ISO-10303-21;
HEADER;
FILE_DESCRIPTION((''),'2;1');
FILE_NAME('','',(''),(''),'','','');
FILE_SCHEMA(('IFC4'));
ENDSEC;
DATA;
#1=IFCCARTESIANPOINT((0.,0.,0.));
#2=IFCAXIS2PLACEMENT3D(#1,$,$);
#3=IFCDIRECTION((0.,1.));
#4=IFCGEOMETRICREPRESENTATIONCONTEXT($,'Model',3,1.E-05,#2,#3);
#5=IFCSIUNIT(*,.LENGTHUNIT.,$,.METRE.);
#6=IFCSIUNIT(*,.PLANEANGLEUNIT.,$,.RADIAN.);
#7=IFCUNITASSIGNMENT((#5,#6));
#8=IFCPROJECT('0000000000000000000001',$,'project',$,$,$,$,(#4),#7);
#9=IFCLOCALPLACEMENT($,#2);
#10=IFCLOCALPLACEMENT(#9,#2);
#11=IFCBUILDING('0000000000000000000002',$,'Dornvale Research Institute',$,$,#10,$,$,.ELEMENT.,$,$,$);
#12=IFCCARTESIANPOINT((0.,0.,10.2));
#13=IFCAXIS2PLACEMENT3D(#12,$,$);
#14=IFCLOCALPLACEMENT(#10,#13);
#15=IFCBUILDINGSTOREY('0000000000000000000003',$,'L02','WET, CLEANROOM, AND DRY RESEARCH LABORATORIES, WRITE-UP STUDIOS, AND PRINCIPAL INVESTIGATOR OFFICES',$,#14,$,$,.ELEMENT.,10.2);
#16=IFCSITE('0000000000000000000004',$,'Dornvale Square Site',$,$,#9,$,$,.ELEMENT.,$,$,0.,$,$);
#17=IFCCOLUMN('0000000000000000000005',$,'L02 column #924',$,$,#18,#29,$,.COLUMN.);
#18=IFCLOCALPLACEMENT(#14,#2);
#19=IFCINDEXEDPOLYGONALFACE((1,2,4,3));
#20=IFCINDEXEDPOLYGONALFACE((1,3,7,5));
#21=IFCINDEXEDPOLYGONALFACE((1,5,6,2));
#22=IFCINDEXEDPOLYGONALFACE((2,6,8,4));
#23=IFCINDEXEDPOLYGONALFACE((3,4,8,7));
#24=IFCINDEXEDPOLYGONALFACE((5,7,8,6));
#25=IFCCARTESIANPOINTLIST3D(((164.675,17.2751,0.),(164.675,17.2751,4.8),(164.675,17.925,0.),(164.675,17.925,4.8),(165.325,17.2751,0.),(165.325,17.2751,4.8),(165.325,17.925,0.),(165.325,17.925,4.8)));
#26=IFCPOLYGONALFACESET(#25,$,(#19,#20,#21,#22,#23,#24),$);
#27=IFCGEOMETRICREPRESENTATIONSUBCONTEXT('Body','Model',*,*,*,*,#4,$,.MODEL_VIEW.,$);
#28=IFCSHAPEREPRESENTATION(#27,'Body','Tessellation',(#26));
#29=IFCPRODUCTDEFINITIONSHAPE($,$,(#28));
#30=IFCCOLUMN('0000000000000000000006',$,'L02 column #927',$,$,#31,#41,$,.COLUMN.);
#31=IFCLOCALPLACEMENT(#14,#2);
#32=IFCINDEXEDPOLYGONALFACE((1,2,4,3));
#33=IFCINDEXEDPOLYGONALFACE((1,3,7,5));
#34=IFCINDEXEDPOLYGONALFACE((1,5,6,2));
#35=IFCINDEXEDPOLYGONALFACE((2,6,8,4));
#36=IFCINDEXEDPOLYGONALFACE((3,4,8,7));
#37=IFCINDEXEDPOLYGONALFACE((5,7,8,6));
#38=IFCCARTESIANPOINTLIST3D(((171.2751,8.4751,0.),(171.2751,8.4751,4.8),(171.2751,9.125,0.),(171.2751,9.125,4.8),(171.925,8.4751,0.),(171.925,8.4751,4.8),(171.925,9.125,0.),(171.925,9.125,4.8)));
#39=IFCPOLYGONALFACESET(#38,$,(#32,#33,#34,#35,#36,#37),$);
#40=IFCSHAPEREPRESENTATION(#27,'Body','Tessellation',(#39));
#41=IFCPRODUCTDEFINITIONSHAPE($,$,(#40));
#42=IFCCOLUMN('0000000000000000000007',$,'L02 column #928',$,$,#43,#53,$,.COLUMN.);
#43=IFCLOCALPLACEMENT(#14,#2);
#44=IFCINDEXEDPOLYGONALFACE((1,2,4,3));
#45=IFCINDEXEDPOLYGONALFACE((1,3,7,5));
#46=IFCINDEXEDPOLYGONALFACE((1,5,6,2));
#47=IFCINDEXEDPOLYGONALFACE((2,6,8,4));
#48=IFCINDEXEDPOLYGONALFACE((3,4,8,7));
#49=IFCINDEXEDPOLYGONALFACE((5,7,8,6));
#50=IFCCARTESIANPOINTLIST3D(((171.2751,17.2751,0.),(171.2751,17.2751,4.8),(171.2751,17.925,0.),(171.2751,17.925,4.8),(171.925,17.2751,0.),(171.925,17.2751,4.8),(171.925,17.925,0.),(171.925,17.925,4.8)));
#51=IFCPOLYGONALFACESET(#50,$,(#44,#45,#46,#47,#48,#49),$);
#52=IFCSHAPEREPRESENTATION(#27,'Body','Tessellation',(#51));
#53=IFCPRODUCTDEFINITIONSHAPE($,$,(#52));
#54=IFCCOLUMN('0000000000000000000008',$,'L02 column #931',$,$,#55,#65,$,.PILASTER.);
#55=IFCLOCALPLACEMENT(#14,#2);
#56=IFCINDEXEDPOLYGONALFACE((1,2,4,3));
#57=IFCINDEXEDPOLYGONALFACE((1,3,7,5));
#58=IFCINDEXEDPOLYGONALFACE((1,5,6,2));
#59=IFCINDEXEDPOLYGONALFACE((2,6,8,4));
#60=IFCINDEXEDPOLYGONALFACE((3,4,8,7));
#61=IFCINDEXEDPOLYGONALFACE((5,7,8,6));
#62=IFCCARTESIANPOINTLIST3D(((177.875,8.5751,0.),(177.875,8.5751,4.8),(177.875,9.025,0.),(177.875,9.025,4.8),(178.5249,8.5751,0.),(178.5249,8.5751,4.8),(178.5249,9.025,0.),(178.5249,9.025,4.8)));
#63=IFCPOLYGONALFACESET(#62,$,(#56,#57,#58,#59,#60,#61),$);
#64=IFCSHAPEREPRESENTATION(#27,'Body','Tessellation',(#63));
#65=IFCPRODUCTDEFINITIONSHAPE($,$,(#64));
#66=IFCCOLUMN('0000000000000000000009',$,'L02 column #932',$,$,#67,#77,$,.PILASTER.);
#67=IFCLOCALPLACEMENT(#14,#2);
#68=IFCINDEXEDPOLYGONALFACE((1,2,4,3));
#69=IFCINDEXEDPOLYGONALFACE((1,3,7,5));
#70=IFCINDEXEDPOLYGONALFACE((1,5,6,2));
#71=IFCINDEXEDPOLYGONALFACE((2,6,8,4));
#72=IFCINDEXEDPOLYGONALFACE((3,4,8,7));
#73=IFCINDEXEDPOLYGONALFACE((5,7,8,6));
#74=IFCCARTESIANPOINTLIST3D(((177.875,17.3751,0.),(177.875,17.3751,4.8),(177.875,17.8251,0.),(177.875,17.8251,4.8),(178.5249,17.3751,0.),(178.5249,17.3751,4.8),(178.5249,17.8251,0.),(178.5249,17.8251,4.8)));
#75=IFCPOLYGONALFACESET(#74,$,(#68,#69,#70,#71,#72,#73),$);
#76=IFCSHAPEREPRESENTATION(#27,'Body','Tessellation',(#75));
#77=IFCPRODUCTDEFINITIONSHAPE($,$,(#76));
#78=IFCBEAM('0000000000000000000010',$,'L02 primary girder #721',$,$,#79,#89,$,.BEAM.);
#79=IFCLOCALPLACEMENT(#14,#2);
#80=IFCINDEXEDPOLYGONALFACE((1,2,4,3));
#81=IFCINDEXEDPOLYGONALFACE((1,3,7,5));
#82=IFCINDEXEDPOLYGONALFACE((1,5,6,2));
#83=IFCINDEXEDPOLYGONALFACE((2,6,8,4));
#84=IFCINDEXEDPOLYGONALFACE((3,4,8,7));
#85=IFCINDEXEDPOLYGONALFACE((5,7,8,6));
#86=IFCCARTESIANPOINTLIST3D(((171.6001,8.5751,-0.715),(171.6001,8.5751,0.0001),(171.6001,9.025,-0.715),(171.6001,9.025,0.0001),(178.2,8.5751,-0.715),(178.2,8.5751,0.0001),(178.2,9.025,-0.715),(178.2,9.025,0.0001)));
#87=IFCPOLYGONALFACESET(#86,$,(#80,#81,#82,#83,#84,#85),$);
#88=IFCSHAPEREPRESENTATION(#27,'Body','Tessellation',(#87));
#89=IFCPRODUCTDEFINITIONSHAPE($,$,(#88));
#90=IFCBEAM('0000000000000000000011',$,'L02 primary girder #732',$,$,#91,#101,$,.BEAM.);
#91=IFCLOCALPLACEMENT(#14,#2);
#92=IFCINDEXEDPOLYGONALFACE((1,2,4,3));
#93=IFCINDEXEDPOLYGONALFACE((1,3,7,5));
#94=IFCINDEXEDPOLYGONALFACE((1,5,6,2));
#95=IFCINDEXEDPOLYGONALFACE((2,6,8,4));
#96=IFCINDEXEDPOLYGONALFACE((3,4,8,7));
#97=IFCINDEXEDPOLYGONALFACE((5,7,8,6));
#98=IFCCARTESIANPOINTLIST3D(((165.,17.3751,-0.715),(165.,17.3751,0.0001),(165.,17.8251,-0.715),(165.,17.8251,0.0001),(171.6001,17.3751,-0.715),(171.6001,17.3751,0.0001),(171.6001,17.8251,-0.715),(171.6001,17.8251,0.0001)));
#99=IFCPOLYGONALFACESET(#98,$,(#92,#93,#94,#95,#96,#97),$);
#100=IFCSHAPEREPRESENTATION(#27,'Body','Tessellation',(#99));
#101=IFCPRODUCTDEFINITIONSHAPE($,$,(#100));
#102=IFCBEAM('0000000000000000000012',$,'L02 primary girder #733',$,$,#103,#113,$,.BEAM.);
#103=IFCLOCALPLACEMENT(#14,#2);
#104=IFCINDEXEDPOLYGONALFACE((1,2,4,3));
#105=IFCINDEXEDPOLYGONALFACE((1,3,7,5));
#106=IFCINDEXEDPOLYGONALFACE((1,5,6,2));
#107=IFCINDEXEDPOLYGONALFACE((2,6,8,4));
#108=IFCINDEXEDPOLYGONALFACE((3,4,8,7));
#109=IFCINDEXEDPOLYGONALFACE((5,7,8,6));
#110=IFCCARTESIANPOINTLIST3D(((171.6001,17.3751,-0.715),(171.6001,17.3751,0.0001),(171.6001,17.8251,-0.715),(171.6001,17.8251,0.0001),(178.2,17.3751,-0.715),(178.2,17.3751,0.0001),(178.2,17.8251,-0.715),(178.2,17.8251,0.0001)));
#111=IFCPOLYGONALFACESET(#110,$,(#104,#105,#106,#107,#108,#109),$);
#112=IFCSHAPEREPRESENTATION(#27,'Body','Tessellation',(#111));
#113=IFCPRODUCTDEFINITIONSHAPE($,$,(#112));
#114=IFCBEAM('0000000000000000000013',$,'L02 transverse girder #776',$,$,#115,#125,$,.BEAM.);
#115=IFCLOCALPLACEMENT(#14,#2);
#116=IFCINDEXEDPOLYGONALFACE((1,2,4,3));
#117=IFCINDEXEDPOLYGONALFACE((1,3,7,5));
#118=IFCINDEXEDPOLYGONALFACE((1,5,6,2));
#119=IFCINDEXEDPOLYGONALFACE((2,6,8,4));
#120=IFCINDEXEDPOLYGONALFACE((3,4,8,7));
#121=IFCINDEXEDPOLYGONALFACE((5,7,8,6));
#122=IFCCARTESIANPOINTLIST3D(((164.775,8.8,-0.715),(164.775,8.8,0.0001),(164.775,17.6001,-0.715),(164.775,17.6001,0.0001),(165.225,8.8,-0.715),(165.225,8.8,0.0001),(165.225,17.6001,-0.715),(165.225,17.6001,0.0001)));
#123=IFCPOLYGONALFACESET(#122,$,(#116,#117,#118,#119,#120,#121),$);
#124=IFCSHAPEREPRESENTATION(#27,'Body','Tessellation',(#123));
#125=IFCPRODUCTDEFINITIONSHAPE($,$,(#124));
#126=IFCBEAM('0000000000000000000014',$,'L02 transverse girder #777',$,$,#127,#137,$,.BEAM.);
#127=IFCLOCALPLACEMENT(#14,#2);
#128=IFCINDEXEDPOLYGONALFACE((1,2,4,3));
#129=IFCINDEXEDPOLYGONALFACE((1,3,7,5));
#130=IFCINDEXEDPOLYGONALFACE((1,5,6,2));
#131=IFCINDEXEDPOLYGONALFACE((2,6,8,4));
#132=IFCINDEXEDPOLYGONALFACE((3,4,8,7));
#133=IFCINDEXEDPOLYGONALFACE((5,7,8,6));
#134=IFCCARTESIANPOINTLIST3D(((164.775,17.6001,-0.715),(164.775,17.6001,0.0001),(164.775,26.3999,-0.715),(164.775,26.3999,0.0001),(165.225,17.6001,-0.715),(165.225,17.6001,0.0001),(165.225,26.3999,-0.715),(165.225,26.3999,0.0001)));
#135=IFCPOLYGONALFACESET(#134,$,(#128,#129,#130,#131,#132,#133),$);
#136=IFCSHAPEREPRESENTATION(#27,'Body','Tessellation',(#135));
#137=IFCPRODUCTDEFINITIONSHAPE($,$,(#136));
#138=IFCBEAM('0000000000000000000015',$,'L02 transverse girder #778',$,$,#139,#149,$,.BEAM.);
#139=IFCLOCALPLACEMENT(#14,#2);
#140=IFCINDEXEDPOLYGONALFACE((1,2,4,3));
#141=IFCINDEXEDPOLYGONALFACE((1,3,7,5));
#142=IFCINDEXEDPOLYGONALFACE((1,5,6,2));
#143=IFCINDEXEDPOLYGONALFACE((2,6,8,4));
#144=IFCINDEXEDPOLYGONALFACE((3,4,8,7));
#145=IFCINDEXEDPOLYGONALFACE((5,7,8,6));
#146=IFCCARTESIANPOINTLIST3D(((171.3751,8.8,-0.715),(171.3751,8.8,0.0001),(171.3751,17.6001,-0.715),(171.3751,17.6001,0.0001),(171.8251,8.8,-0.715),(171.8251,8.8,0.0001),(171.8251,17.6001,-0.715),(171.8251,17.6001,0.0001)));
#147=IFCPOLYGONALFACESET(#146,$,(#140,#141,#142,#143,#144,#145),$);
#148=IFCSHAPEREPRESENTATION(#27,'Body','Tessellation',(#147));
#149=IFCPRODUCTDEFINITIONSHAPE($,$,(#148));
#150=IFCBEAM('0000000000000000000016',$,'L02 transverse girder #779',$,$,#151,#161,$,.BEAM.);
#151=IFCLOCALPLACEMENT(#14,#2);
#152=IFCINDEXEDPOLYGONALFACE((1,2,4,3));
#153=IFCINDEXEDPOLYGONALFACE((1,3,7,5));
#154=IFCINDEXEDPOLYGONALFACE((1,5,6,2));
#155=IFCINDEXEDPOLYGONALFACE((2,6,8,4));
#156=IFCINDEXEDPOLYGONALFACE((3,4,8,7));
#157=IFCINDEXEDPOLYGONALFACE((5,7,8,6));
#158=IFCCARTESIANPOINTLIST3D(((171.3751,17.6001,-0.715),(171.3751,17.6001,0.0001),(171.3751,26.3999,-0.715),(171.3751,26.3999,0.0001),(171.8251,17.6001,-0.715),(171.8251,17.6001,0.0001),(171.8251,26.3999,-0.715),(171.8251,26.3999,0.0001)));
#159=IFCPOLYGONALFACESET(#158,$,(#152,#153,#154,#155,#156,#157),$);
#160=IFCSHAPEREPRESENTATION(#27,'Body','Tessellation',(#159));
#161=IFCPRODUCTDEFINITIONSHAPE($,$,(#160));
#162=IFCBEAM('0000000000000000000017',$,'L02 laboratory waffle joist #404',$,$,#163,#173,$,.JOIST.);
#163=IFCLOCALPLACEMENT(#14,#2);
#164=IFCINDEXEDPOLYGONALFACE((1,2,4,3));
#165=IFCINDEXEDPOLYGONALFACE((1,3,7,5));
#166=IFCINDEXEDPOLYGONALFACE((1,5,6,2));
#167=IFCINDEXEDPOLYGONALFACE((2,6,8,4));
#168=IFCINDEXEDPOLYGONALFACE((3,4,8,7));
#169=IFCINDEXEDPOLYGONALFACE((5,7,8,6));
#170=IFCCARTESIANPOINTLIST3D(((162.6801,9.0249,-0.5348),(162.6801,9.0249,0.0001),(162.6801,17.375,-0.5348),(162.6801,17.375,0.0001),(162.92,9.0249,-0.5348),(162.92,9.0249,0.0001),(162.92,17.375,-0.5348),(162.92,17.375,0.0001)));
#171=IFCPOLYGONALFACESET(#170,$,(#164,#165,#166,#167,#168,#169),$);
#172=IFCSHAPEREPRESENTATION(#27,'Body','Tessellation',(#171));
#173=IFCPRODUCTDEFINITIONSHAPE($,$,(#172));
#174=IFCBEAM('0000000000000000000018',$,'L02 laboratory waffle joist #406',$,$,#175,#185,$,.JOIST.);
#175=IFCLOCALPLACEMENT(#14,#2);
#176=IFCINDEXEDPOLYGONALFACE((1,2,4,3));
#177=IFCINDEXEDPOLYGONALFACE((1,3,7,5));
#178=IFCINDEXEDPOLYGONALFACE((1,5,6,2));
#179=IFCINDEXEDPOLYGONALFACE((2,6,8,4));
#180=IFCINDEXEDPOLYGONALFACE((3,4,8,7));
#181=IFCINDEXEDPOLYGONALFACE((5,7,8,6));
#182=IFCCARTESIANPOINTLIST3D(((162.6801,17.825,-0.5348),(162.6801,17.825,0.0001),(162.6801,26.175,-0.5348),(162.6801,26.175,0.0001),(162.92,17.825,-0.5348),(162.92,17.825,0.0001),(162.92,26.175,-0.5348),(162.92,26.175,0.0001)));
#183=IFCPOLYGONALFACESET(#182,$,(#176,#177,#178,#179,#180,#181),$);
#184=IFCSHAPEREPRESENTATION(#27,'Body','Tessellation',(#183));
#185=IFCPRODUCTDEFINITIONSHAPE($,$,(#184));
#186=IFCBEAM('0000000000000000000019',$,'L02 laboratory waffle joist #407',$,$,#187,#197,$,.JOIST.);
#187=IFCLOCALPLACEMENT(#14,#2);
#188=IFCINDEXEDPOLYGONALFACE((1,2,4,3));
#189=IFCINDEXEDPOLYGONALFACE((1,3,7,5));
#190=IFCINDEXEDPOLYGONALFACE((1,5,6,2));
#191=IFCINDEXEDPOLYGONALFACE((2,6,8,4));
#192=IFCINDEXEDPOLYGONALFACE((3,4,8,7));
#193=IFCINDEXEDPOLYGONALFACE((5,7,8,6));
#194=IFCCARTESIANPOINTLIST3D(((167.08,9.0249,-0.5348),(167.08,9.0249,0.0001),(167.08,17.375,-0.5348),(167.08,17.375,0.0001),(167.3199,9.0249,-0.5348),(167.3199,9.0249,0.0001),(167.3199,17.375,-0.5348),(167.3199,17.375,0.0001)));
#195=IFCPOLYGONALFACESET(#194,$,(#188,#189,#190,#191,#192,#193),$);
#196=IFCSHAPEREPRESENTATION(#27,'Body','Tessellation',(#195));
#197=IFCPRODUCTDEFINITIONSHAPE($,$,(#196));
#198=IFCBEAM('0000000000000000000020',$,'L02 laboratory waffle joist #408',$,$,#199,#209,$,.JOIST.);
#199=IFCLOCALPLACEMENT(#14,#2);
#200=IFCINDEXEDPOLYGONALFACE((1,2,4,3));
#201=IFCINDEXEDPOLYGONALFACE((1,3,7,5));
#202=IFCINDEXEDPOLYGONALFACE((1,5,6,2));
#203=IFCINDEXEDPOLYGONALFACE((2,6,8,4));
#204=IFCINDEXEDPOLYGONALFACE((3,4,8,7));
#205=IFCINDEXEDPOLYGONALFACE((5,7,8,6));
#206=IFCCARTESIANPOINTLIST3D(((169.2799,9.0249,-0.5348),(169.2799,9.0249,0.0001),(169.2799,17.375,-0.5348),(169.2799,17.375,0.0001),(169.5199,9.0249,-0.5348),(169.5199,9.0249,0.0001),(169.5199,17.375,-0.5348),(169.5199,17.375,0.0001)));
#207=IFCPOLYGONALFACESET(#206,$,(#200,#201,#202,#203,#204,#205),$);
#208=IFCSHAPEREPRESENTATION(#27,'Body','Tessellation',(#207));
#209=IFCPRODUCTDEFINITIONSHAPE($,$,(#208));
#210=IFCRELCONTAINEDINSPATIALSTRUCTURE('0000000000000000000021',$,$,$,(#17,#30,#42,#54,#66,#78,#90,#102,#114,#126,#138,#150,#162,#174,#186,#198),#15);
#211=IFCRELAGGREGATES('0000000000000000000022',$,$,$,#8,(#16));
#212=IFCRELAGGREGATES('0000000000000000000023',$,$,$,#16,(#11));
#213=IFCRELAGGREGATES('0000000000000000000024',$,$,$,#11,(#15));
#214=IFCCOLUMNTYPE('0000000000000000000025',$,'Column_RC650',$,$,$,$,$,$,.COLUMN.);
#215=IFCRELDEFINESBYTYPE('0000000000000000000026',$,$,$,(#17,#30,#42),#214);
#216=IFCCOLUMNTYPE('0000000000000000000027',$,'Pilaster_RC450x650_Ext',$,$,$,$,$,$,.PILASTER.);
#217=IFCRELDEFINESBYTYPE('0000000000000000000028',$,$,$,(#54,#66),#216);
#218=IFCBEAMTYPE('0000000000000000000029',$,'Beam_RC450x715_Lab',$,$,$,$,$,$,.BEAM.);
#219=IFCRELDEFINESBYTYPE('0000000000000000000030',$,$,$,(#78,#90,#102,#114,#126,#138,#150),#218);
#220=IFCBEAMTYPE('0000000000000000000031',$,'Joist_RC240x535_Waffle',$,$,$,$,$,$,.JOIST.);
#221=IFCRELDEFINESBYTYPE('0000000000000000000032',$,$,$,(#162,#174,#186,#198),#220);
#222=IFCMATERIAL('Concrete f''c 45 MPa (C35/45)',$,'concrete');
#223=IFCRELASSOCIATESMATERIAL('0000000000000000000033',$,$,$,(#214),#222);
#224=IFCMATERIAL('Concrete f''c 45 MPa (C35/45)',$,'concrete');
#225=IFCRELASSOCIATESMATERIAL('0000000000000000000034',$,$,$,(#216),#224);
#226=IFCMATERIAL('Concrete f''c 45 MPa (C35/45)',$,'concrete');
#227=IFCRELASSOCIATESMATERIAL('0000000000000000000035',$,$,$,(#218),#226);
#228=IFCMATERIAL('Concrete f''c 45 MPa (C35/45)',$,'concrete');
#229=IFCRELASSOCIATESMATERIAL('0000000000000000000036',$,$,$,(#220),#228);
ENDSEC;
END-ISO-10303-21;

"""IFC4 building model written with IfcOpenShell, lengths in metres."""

from ifc_helpers import new_model, si_unit, direction, frame, origin, origin_2d, place, context, subcontext, project, spatial, rectangle, extrude, material, material_profile, profile_set, type_object, element, save


model = new_model("IFC4")

# Units and contexts
model_context = context("Model", 3, precision=1e-05, world=origin(), true_north=direction((0.0, 1.0)))
body_context = subcontext(model_context, "Body", "Model", "MODEL_VIEW")
ifc_project = project(units=[si_unit("LENGTHUNIT", "METRE"), si_unit("PLANEANGLEUNIT", "RADIAN")], contexts=[model_context])

# Site, building, storey
site_placement = place(None, origin())
site = spatial("IfcSite", under=ifc_project, at=site_placement, Name="Dornvale Square Site", CompositionType="ELEMENT", RefElevation=0.0)
building_placement = place(site_placement, origin())
building = spatial("IfcBuilding", under=site, at=building_placement, Name="Dornvale Research Institute", CompositionType="ELEMENT")
storey_placement = place(building_placement, frame((0.0, 0.0, 10.2)))
storey = spatial("IfcBuildingStorey", under=building, at=storey_placement, Name="L02", Description="WET, CLEANROOM, AND DRY RESEARCH LABORATORIES, WRITE-UP STUDIOS, AND PRINCIPAL INVESTIGATOR OFFICES", CompositionType="ELEMENT", Elevation=10.2)

# Columns
ifc_material_1 = material(Name="Concrete f'c 45 MPa (C35/45)", Category="concrete")
ifc_material_profile_1 = material_profile(ifc_material_1, rectangle(XDim=0.6499, YDim=0.6499, at=origin_2d()), Name="RC 650x650")
ifc_profile_set_1 = profile_set([ifc_material_profile_1], Name="Concrete f'c 45 MPa (C35/45)")
column_type_1 = type_object("IfcColumnType", Name="Column_RC650", PredefinedType="COLUMN", material=ifc_profile_set_1)
for number, where, z_axis, x_axis, name in (
    (1, (165.0, 17.6001, 0.0), (0.0, 0.0, 1.0), (1.0, 0.0, 0.0), "L02 column #924"),
    (2, (171.6001, 8.8, 0.0), (0.0, 0.0, 1.0), (1.0, 0.0, 0.0), "L02 column #927"),
    (3, (171.6001, 17.6001, 0.0), (0.0, 0.0, 1.0), (1.0, 0.0, 0.0), "L02 column #928"),
):
    element("IfcColumn", number, at=place(storey_placement, frame(where, z_axis=z_axis, x_axis=x_axis)), inside=storey, type_object=column_type_1, Name=name, PredefinedType="COLUMN", context=body_context, shape_type="SweptSolid", body=[
        extrude(rectangle(XDim=0.6499, YDim=0.6499, at=origin_2d()), origin(), (0.0, 0.0, 1.0), 4.8),
    ])
ifc_material_2 = material(Name="Concrete f'c 45 MPa (C35/45)", Category="concrete")
ifc_material_profile_2 = material_profile(ifc_material_2, rectangle(XDim=0.45, YDim=0.6499, at=origin_2d()), Name="RC 450x650")
ifc_profile_set_2 = profile_set([ifc_material_profile_2], Name="Concrete f'c 45 MPa (C35/45)")
column_type_2 = type_object("IfcColumnType", Name="Pilaster_RC450x650_Ext", PredefinedType="PILASTER", material=ifc_profile_set_2)
for number, where, z_axis, x_axis, name in (
    (4, (178.2, 8.8, 0.0), (0.0, 0.0, 1.0), (0.0, 1.0, 0.0), "L02 column #931"),
    (5, (178.2, 17.6001, 0.0), (0.0, 0.0, 1.0), (0.0, 1.0, 0.0), "L02 column #932"),
):
    element("IfcColumn", number, at=place(storey_placement, frame(where, z_axis=z_axis, x_axis=x_axis)), inside=storey, type_object=column_type_2, Name=name, PredefinedType="PILASTER", context=body_context, shape_type="SweptSolid", body=[
        extrude(rectangle(XDim=0.45, YDim=0.6499, at=origin_2d()), origin(), (0.0, 0.0, 1.0), 4.8),
    ])

# Beams
ifc_material_3 = material(Name="Concrete f'c 45 MPa (C35/45)", Category="concrete")
ifc_material_profile_3 = material_profile(ifc_material_3, rectangle(XDim=0.45, YDim=0.7151, at=origin_2d()), Name="RC 450x715")
ifc_profile_set_3 = profile_set([ifc_material_profile_3], Name="Concrete f'c 45 MPa (C35/45)")
beam_type_1 = type_object("IfcBeamType", Name="Beam_RC450x715_Lab", PredefinedType="BEAM", material=ifc_profile_set_3)
beam_1_placement = place(storey_placement, frame((171.6001, 8.8, -0.3574), z_axis=(1.0, 0.0, 0.0), x_axis=(0.0, 1.0, 0.0)))
element("IfcBeam", 6, at=beam_1_placement, inside=storey, type_object=beam_type_1, Name="L02 primary girder #721", PredefinedType="BEAM", context=body_context, shape_type="SweptSolid", body=[
    extrude(rectangle(XDim=0.45, YDim=0.7151, at=origin_2d()), origin(), (0.0, 0.0, 1.0), 6.5999),
])
beam_2_placement = place(storey_placement, frame((165.0, 17.6001, -0.3574), z_axis=(1.0, 0.0, 0.0), x_axis=(0.0, 1.0, 0.0)))
element("IfcBeam", 7, at=beam_2_placement, inside=storey, type_object=beam_type_1, Name="L02 primary girder #732", PredefinedType="BEAM", context=body_context, shape_type="SweptSolid", body=[
    extrude(rectangle(XDim=0.45, YDim=0.7151, at=origin_2d()), origin(), (0.0, 0.0, 1.0), 6.6001),
])
beam_3_placement = place(storey_placement, frame((171.6001, 17.6001, -0.3574), z_axis=(1.0, 0.0, 0.0), x_axis=(0.0, 1.0, 0.0)))
element("IfcBeam", 8, at=beam_3_placement, inside=storey, type_object=beam_type_1, Name="L02 primary girder #733", PredefinedType="BEAM", context=body_context, shape_type="SweptSolid", body=[
    extrude(rectangle(XDim=0.45, YDim=0.7151, at=origin_2d()), origin(), (0.0, 0.0, 1.0), 6.5999),
])
beam_4_placement = place(storey_placement, frame((165.0, 8.8, -0.3574), z_axis=(0.0, 1.0, 0.0), x_axis=(-1.0, 0.0, 0.0)))
element("IfcBeam", 9, at=beam_4_placement, inside=storey, type_object=beam_type_1, Name="L02 transverse girder #776", PredefinedType="BEAM", context=body_context, shape_type="SweptSolid", body=[
    extrude(rectangle(XDim=0.45, YDim=0.7151, at=origin_2d()), origin(), (0.0, 0.0, 1.0), 8.8),
])
beam_5_placement = place(storey_placement, frame((165.0, 17.6001, -0.3574), z_axis=(0.0, 1.0, 0.0), x_axis=(-1.0, 0.0, 0.0)))
element("IfcBeam", 10, at=beam_5_placement, inside=storey, type_object=beam_type_1, Name="L02 transverse girder #777", PredefinedType="BEAM", context=body_context, shape_type="SweptSolid", body=[
    extrude(rectangle(XDim=0.45, YDim=0.7151, at=origin_2d()), origin(), (0.0, 0.0, 1.0), 8.7998),
])
beam_6_placement = place(storey_placement, frame((171.6001, 8.8, -0.3574), z_axis=(0.0, 1.0, 0.0), x_axis=(-1.0, 0.0, 0.0)))
element("IfcBeam", 11, at=beam_6_placement, inside=storey, type_object=beam_type_1, Name="L02 transverse girder #778", PredefinedType="BEAM", context=body_context, shape_type="SweptSolid", body=[
    extrude(rectangle(XDim=0.45, YDim=0.7151, at=origin_2d()), origin(), (0.0, 0.0, 1.0), 8.8),
])
beam_7_placement = place(storey_placement, frame((171.6001, 17.6001, -0.3574), z_axis=(0.0, 1.0, 0.0), x_axis=(-1.0, 0.0, 0.0)))
element("IfcBeam", 12, at=beam_7_placement, inside=storey, type_object=beam_type_1, Name="L02 transverse girder #779", PredefinedType="BEAM", context=body_context, shape_type="SweptSolid", body=[
    extrude(rectangle(XDim=0.45, YDim=0.7151, at=origin_2d()), origin(), (0.0, 0.0, 1.0), 8.7998),
])
ifc_material_4 = material(Name="Concrete f'c 45 MPa (C35/45)", Category="concrete")
ifc_material_profile_4 = material_profile(ifc_material_4, rectangle(XDim=0.24, YDim=0.5349, at=origin_2d()), Name="RC 240x535")
ifc_profile_set_4 = profile_set([ifc_material_profile_4], Name="Concrete f'c 45 MPa (C35/45)")
beam_type_2 = type_object("IfcBeamType", Name="Joist_RC240x535_Waffle", PredefinedType="JOIST", material=ifc_profile_set_4)
for number, where, z_axis, x_axis, name in (
    (13, (162.8, 9.0249, -0.2673), (0.0, 1.0, 0.0), (-1.0, 0.0, 0.0), "L02 laboratory waffle joist #404"),
    (14, (162.8, 17.825, -0.2673), (0.0, 1.0, 0.0), (-1.0, 0.0, 0.0), "L02 laboratory waffle joist #406"),
    (15, (167.2, 9.0249, -0.2673), (0.0, 1.0, 0.0), (-1.0, 0.0, 0.0), "L02 laboratory waffle joist #407"),
    (16, (169.3999, 9.0249, -0.2673), (0.0, 1.0, 0.0), (-1.0, 0.0, 0.0), "L02 laboratory waffle joist #408"),
):
    element("IfcBeam", number, at=place(storey_placement, frame(where, z_axis=z_axis, x_axis=x_axis)), inside=storey, type_object=beam_type_2, Name=name, PredefinedType="JOIST", context=body_context, shape_type="SweptSolid", body=[
        extrude(rectangle(XDim=0.24, YDim=0.5349, at=origin_2d()), origin(), (0.0, 0.0, 1.0), 8.3501),
    ])

save(model, "model.ifc")
